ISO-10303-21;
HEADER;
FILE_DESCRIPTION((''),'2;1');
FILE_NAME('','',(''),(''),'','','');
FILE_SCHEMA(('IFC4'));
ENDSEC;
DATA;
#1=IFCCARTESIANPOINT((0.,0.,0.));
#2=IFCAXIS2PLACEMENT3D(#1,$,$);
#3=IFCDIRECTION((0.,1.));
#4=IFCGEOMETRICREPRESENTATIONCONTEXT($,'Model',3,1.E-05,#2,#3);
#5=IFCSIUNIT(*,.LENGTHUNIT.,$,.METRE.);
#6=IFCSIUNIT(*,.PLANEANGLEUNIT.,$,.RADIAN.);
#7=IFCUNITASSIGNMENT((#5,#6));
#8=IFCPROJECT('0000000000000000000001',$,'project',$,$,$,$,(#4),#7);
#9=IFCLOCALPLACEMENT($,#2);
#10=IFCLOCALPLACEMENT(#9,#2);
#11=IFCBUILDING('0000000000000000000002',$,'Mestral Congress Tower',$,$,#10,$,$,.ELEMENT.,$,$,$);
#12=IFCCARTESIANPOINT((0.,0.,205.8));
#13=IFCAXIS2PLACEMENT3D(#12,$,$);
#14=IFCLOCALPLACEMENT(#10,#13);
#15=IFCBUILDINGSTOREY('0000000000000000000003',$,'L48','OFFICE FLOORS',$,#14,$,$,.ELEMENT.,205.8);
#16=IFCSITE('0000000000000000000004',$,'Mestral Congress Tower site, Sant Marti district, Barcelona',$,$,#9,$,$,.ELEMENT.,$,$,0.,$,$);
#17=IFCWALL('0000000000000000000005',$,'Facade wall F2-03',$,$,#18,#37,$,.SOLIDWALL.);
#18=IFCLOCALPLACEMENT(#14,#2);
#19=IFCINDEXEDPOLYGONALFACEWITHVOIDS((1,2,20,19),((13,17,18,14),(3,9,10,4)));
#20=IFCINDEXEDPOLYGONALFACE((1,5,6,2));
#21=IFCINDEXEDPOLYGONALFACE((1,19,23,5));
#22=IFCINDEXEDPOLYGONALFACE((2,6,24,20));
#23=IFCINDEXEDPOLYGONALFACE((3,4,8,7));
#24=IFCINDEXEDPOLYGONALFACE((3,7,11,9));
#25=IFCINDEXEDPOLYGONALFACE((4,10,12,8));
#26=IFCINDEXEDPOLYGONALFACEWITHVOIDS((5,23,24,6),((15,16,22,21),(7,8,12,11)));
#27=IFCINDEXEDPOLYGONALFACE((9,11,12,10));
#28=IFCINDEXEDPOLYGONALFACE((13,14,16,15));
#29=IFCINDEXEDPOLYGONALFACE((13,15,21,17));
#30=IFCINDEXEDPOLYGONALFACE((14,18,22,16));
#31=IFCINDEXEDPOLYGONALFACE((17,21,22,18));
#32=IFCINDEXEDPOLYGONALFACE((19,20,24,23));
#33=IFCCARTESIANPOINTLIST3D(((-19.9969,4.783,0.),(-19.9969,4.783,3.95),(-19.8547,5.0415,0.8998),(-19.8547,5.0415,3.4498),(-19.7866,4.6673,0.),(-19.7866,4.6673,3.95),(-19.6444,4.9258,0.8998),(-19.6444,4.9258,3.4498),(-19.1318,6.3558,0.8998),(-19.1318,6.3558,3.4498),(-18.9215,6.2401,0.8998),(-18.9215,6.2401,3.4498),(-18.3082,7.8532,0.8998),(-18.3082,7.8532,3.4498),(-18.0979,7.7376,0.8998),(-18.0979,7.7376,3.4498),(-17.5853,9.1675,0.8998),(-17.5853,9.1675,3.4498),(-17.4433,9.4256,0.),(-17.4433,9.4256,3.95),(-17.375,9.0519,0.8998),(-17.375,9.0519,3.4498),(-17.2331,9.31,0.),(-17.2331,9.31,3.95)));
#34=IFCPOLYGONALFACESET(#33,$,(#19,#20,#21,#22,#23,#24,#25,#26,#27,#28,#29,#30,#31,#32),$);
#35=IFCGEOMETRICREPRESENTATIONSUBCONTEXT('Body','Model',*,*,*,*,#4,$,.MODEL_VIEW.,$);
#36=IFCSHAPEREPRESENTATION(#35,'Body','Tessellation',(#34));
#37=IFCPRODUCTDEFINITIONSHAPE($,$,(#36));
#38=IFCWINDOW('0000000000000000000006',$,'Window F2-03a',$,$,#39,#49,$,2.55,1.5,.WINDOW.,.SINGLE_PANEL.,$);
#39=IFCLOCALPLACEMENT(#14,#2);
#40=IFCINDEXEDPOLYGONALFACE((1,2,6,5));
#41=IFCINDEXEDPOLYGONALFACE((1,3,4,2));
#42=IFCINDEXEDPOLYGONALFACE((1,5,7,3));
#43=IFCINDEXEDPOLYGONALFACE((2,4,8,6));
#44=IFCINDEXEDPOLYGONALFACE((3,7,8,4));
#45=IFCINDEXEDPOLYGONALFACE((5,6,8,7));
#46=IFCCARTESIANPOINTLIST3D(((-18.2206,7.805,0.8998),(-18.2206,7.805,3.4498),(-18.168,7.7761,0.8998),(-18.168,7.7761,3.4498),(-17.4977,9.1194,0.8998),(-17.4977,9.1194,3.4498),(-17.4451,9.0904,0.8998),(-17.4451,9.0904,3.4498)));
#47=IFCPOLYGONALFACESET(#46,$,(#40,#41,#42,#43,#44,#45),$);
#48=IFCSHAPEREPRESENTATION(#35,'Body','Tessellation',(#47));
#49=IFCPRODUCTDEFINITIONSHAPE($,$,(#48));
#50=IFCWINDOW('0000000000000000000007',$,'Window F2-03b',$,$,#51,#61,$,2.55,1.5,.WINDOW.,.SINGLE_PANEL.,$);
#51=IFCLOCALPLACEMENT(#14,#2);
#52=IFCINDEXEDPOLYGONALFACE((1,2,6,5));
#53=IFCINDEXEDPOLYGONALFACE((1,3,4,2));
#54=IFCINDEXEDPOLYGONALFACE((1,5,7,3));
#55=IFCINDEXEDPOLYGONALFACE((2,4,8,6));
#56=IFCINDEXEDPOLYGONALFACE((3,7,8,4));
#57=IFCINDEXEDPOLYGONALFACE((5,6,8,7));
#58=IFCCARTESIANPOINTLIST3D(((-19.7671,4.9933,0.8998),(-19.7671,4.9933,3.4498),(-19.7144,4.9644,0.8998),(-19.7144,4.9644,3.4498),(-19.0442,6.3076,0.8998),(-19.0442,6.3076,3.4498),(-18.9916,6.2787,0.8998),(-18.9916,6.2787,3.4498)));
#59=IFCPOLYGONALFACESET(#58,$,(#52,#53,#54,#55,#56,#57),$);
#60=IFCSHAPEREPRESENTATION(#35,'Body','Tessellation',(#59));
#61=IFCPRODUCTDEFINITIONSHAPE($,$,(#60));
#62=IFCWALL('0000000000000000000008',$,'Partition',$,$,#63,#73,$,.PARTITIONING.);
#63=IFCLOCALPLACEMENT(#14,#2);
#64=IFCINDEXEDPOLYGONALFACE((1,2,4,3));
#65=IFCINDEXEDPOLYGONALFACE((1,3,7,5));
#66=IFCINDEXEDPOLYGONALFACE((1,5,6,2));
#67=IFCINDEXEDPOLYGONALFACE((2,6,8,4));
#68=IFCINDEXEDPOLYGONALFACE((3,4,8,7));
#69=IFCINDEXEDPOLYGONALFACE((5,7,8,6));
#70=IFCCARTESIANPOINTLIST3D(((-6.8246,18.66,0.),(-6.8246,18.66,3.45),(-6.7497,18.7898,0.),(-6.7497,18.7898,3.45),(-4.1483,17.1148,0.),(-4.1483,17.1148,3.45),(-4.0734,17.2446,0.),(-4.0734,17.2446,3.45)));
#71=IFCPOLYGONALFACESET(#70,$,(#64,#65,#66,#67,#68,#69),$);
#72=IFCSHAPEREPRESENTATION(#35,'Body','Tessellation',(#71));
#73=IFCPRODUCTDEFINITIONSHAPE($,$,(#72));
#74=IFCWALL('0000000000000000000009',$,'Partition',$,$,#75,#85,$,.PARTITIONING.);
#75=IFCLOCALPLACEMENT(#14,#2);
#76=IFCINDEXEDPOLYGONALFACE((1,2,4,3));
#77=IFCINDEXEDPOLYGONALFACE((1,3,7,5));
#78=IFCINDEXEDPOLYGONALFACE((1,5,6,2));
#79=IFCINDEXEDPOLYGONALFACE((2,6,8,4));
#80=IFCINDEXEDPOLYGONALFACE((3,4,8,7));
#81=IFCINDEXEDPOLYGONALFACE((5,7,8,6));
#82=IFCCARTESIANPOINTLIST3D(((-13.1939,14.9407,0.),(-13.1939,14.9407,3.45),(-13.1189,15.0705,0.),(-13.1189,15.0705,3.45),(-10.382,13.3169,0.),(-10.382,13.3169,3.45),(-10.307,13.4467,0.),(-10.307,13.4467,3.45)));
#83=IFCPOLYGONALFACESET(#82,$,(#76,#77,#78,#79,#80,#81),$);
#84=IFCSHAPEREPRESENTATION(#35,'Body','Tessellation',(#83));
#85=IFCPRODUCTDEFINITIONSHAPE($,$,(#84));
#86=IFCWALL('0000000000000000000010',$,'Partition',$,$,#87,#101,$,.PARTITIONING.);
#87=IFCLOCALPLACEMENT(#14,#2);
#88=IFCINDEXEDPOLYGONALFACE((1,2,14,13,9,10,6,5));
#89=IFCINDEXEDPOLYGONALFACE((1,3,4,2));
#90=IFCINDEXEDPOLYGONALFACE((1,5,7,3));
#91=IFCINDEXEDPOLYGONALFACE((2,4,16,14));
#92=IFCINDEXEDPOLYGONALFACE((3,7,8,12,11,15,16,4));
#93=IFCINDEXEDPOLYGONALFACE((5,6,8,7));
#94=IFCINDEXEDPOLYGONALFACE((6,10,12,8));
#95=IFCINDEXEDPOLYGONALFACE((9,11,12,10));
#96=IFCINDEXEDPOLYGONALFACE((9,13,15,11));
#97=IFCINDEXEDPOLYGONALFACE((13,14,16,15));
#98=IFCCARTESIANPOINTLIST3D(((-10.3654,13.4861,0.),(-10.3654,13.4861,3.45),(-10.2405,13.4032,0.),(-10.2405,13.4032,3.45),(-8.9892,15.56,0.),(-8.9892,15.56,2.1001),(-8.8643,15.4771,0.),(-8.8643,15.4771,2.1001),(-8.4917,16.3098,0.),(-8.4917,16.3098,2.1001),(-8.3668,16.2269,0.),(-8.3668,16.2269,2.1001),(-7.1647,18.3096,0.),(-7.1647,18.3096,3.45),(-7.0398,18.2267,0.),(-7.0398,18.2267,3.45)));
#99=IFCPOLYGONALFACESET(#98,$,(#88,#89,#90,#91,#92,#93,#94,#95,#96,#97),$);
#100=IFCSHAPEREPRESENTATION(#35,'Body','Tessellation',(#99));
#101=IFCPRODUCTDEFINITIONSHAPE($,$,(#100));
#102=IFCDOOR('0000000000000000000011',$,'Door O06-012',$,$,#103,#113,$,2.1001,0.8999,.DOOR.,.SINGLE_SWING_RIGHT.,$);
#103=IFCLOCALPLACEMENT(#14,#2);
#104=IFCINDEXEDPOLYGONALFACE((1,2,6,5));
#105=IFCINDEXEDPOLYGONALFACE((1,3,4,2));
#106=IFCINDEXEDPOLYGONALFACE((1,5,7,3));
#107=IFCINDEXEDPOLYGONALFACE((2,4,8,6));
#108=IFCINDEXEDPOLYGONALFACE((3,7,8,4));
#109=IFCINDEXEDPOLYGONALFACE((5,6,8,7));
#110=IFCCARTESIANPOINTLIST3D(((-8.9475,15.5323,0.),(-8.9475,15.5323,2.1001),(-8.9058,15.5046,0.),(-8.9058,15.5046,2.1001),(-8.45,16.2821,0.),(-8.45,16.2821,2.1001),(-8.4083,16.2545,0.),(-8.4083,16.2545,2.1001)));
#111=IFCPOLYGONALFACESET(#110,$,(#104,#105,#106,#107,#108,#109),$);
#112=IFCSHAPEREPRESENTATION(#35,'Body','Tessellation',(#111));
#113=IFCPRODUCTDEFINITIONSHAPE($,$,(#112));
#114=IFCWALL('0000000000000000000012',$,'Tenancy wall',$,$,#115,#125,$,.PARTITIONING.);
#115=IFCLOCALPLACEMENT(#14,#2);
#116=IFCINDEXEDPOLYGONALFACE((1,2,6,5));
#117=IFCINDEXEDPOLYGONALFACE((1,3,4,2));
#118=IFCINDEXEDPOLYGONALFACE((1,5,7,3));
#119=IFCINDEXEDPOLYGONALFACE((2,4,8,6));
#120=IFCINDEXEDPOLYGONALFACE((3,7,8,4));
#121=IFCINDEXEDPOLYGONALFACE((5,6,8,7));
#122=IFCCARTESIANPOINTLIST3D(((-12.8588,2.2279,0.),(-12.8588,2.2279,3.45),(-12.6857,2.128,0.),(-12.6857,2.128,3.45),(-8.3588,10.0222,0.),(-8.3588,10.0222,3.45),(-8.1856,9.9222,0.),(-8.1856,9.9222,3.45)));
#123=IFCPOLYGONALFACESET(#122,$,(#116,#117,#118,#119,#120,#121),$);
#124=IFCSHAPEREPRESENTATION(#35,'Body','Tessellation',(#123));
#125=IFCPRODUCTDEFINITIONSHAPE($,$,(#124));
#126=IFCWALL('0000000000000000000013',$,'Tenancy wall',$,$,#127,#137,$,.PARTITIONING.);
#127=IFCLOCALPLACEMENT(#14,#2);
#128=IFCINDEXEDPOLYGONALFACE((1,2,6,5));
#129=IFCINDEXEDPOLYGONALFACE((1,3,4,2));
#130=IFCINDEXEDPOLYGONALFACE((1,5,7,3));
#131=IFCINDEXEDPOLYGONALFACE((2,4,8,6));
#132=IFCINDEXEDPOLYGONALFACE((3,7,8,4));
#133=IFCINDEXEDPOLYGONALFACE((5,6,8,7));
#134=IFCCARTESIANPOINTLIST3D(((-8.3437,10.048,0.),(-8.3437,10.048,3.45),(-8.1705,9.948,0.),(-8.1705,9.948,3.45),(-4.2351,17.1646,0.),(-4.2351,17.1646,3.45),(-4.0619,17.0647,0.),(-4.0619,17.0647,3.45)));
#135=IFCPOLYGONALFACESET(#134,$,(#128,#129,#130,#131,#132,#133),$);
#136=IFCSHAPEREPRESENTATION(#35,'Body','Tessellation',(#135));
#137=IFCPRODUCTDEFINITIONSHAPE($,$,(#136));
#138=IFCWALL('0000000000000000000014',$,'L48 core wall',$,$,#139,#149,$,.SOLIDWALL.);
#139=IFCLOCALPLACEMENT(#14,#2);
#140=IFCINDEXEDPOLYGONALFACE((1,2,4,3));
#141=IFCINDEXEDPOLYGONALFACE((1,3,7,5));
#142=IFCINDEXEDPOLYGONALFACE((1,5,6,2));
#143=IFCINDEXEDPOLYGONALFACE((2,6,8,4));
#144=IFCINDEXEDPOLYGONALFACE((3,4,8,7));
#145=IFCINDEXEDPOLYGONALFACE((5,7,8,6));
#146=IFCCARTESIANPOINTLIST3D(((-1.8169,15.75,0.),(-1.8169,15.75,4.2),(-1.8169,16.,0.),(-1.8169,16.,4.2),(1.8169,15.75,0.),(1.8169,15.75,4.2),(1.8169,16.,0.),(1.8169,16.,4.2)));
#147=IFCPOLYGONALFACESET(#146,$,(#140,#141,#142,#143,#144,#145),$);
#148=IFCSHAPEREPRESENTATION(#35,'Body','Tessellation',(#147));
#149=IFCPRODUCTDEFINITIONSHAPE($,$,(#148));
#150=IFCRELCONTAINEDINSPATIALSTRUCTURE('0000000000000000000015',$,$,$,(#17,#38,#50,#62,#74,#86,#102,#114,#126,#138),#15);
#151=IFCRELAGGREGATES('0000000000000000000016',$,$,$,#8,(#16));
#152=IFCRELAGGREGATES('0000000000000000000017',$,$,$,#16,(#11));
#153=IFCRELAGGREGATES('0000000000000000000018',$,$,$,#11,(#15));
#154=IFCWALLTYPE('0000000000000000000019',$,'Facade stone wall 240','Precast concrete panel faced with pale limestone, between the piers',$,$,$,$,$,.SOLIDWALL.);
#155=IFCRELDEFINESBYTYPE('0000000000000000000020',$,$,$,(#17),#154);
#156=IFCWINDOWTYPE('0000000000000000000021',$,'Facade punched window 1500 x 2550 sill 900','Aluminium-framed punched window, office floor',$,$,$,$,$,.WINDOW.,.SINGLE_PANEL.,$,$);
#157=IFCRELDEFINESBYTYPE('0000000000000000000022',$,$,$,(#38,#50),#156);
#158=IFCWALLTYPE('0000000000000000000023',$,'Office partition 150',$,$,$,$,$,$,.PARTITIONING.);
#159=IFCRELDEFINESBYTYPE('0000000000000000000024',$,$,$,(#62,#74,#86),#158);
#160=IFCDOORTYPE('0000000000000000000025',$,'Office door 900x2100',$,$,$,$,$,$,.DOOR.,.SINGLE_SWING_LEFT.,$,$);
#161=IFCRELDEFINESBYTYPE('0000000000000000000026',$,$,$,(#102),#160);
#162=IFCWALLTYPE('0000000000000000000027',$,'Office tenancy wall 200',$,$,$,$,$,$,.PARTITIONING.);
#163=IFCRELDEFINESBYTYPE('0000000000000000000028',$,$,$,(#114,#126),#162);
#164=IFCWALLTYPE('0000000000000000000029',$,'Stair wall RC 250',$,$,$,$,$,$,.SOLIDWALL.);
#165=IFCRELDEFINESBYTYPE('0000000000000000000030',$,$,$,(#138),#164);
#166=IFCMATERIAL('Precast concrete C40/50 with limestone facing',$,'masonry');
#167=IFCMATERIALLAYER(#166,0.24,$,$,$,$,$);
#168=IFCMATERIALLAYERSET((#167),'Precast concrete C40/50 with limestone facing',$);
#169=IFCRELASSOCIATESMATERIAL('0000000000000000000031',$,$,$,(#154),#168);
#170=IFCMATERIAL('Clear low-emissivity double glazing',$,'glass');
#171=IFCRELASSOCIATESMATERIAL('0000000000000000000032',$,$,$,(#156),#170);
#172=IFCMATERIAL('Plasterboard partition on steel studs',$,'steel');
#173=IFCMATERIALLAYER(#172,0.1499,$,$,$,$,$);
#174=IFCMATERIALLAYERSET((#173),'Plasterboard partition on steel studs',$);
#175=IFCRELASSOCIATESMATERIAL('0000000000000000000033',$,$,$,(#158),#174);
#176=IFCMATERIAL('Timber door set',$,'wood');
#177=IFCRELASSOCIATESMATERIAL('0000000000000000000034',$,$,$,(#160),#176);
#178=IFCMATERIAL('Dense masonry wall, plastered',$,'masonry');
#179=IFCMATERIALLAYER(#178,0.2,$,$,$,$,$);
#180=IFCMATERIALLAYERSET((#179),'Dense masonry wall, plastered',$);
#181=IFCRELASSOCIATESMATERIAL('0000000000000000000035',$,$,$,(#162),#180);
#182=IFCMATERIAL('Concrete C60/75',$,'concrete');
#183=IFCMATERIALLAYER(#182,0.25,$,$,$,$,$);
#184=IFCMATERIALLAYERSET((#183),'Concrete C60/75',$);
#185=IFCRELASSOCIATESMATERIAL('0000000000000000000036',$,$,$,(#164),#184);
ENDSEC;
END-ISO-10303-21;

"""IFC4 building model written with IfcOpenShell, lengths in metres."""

from ifc_helpers import new_model, si_unit, direction, frame, frame_2d, origin, place, context, subcontext, project, spatial, rectangle, extrude, material, layer, layer_set, type_object, element, fill, save


model = new_model("IFC4")

# Units and contexts
model_context = context("Model", 3, precision=1e-05, world=origin(), true_north=direction((0.0, 1.0)))
body_context = subcontext(model_context, "Body", "Model", "MODEL_VIEW")
ifc_project = project(units=[si_unit("LENGTHUNIT", "METRE"), si_unit("PLANEANGLEUNIT", "RADIAN")], contexts=[model_context])

# Site, building, storey
site_placement = place(None, origin())
site = spatial("IfcSite", under=ifc_project, at=site_placement, Name="Mestral Congress Tower site, Sant Marti district, Barcelona", CompositionType="ELEMENT", RefElevation=0.0)
building_placement = place(site_placement, origin())
building = spatial("IfcBuilding", under=site, at=building_placement, Name="Mestral Congress Tower", CompositionType="ELEMENT")
storey_placement = place(building_placement, frame((0.0, 0.0, 205.8)))
storey = spatial("IfcBuildingStorey", under=building, at=storey_placement, Name="L48", Description="OFFICE FLOORS", CompositionType="ELEMENT", Elevation=205.8)

# Shared definitions
ifc_material_1 = material(Name="Concrete C60/75", Category="concrete")

# Wall, openings, windows
ifc_material_2 = material(Name="Precast concrete C40/50 with limestone facing", Category="masonry")
ifc_layer_1 = layer(ifc_material_2, 0.24)
ifc_layer_set_1 = layer_set([ifc_layer_1], Name="Precast concrete C40/50 with limestone facing")
wall_type_1 = type_object("IfcWallType", Name="Facade stone wall 240", Description="Precast concrete panel faced with pale limestone, between the piers", PredefinedType="SOLIDWALL", material=ifc_layer_set_1)
ifc_material_3 = material(Name="Clear low-emissivity double glazing", Category="glass")
window_type = type_object("IfcWindowType", Name="Facade punched window 1500 x 2550 sill 900", Description="Aluminium-framed punched window, office floor", PartitioningType="SINGLE_PANEL", PredefinedType="WINDOW", material=ifc_material_3)
wall_1_placement = place(storey_placement, frame((-17.3381, 9.3679, 0.0), z_axis=(0.0, 0.0, 1.0), x_axis=(-0.481926, -0.876212, 0.0)))
wall_1 = element("IfcWall", 1, at=wall_1_placement, inside=storey, type_object=wall_type_1, Name="Facade wall F2-03", PredefinedType="SOLIDWALL", context=body_context, shape_type="SweptSolid", body=[
    extrude(rectangle(XDim=5.2986, YDim=0.24, at=frame_2d((2.6494, 0.0))), origin(), (0.0, 0.0, 1.0), 3.95),
])
opening_1_placement = place(wall_1_placement, frame((0.2947, 0.0, 0.8999)))
opening_1 = element("IfcOpeningElement", 2, at=opening_1_placement, cuts=wall_1, PredefinedType="OPENING", context=body_context, shape_type="SweptSolid", body=[
    extrude(rectangle(XDim=1.5, YDim=2.55, at=frame_2d((0.75, 1.2749))), frame((0.0, 0.1299, 0.0), z_axis=(0.0, -1.0, 0.0), x_axis=(1.0, 0.0, 0.0)), (0.0, 0.0, 1.0), 0.26),
])
opening_2_placement = place(wall_1_placement, frame((3.5037, 0.0, 0.8999)))
opening_2 = element("IfcOpeningElement", 3, at=opening_2_placement, cuts=wall_1, PredefinedType="OPENING", context=body_context, shape_type="SweptSolid", body=[
    extrude(rectangle(XDim=1.5, YDim=2.55, at=frame_2d((0.75, 1.2749))), frame((0.0, 0.1299, 0.0), z_axis=(0.0, -1.0, 0.0), x_axis=(1.0, 0.0, 0.0)), (0.0, 0.0, 1.0), 0.26),
])
window_1_placement = place(opening_1_placement, origin())
window_1 = element("IfcWindow", 4, at=window_1_placement, inside=storey, type_object=window_type, Name="Window F2-03a", OverallHeight=2.55, OverallWidth=1.5, PartitioningType="SINGLE_PANEL", PredefinedType="WINDOW", context=body_context, shape_type="SweptSolid", body=[
    extrude(rectangle(XDim=1.5, YDim=2.55, at=frame_2d((0.75, 1.2749))), frame((0.0, 0.04, 0.0), z_axis=(0.0, -1.0, 0.0), x_axis=(1.0, 0.0, 0.0)), (0.0, 0.0, 1.0), 0.0601),
])
fill(opening_1, window_1)
window_2_placement = place(opening_2_placement, origin())
window_2 = element("IfcWindow", 5, at=window_2_placement, inside=storey, type_object=window_type, Name="Window F2-03b", OverallHeight=2.55, OverallWidth=1.5, PartitioningType="SINGLE_PANEL", PredefinedType="WINDOW", context=body_context, shape_type="SweptSolid", body=[
    extrude(rectangle(XDim=1.5, YDim=2.55, at=frame_2d((0.75, 1.2749))), frame((0.0, 0.04, 0.0), z_axis=(0.0, -1.0, 0.0), x_axis=(1.0, 0.0, 0.0)), (0.0, 0.0, 1.0), 0.0601),
])
fill(opening_2, window_2)

# Walls
ifc_material_4 = material(Name="Plasterboard partition on steel studs", Category="steel")
ifc_layer_2 = layer(ifc_material_4, 0.1499)
ifc_layer_set_2 = layer_set([ifc_layer_2], Name="Plasterboard partition on steel studs")
wall_type_2 = type_object("IfcWallType", Name="Office partition 150", PredefinedType="PARTITIONING", material=ifc_layer_set_2)
wall_2_placement = place(storey_placement, frame((-4.1108, 17.1797, 0.0), z_axis=(0.0, 0.0, 1.0), x_axis=(-0.866022, 0.500005, 0.0)))
element("IfcWall", 6, at=wall_2_placement, inside=storey, type_object=wall_type_2, Name="Partition", PredefinedType="PARTITIONING", context=body_context, shape_type="SweptSolid", body=[
    extrude(rectangle(XDim=3.0903, YDim=0.1499, at=frame_2d((1.5452, 0.0))), origin(), (0.0, 0.0, 1.0), 3.45),
])
wall_3_placement = place(storey_placement, frame((-10.3445, 13.3818, 0.0), z_axis=(0.0, 0.0, 1.0), x_axis=(-0.86599, 0.500061, 0.0)))
element("IfcWall", 7, at=wall_3_placement, inside=storey, type_object=wall_type_2, Name="Partition", PredefinedType="PARTITIONING", context=body_context, shape_type="SweptSolid", body=[
    extrude(rectangle(XDim=3.2471, YDim=0.1499, at=frame_2d((1.6235, 0.0))), origin(), (0.0, 0.0, 1.0), 3.45),
])

# Wall, opening, door
wall_4_placement = place(storey_placement, frame((-10.303, 13.4446, 0.0), z_axis=(0.0, 0.0, 1.0), x_axis=(0.552908, 0.833242, 0.0)))
wall_4 = element("IfcWall", 8, at=wall_4_placement, inside=storey, type_object=wall_type_2, Name="Partition", PredefinedType="PARTITIONING", context=body_context, shape_type="SweptSolid", body=[
    extrude(rectangle(XDim=5.7888, YDim=0.1499, at=frame_2d((2.8945, 0.0))), origin(), (0.0, 0.0, 1.0), 3.45),
])
opening_3_placement = place(wall_4_placement, frame((2.489, 0.0, 0.0)))
opening_3 = element("IfcOpeningElement", 9, at=opening_3_placement, cuts=wall_4, PredefinedType="OPENING", context=body_context, shape_type="SweptSolid", body=[
    extrude(rectangle(XDim=0.8999, YDim=2.1001, at=frame_2d((0.45, 1.05))), frame((0.0, 0.085, 0.0), z_axis=(0.0, -1.0, 0.0), x_axis=(1.0, 0.0, 0.0)), (0.0, 0.0, 1.0), 0.1699),
])
ifc_material_5 = material(Name="Timber door set", Category="wood")
door_type_1 = type_object("IfcDoorType", Name="Office door 900x2100", OperationType="SINGLE_SWING_LEFT", PredefinedType="DOOR", material=ifc_material_5)
door_1_placement = place(opening_3_placement, origin())
door_1 = element("IfcDoor", 10, at=door_1_placement, inside=storey, type_object=door_type_1, Name="Door O06-012", OperationType="SINGLE_SWING_RIGHT", OverallHeight=2.1001, OverallWidth=0.8999, PredefinedType="DOOR", context=body_context, shape_type="SweptSolid", body=[
    extrude(rectangle(XDim=0.8999, YDim=2.1001, at=frame_2d((0.45, 1.05))), frame((0.0, 0.0249, 0.0), z_axis=(0.0, -1.0, 0.0), x_axis=(1.0, 0.0, 0.0)), (0.0, 0.0, 1.0), 0.05),
])
fill(opening_3, door_1)

# Walls
ifc_material_6 = material(Name="Dense masonry wall, plastered", Category="masonry")
ifc_layer_3 = layer(ifc_material_6, 0.2)
ifc_layer_set_3 = layer_set([ifc_layer_3], Name="Dense masonry wall, plastered")
wall_type_3 = type_object("IfcWallType", Name="Office tenancy wall 200", PredefinedType="PARTITIONING", material=ifc_layer_set_3)
wall_5_placement = place(storey_placement, frame((-8.2722, 9.9722, 0.0), z_axis=(0.0, 0.0, 1.0), x_axis=(-0.500002, -0.866024, 0.0)))
element("IfcWall", 11, at=wall_5_placement, inside=storey, type_object=wall_type_3, Name="Tenancy wall", PredefinedType="PARTITIONING", context=body_context, shape_type="SweptSolid", body=[
    extrude(rectangle(XDim=9.0, YDim=0.2, at=frame_2d((4.5, 0.0))), origin(), (0.0, 0.0, 1.0), 3.45),
])
wall_6_placement = place(storey_placement, frame((-4.1484, 17.1147, 0.0), z_axis=(0.0, 0.0, 1.0), x_axis=(-0.499983, -0.866035, 0.0)))
element("IfcWall", 12, at=wall_6_placement, inside=storey, type_object=wall_type_3, Name="Tenancy wall", PredefinedType="PARTITIONING", context=body_context, shape_type="SweptSolid", body=[
    extrude(rectangle(XDim=8.2175, YDim=0.2, at=frame_2d((4.1089, 0.0))), origin(), (0.0, 0.0, 1.0), 3.45),
])
ifc_layer_4 = layer(ifc_material_1, 0.25)
ifc_layer_set_4 = layer_set([ifc_layer_4], Name="Concrete C60/75")
wall_type_4 = type_object("IfcWallType", Name="Stair wall RC 250", PredefinedType="SOLIDWALL", material=ifc_layer_set_4)
wall_7_placement = place(storey_placement, frame((-1.8169, 15.875, 0.0), z_axis=(0.0, 0.0, 1.0), x_axis=(1.0, 0.0, 0.0)))
element("IfcWall", 13, at=wall_7_placement, inside=storey, type_object=wall_type_4, Name="L48 core wall", PredefinedType="SOLIDWALL", context=body_context, shape_type="SweptSolid", body=[
    extrude(rectangle(XDim=3.6338, YDim=0.25, at=frame_2d((1.8169, 0.0))), origin(), (0.0, 0.0, 1.0), 4.2),
])

save(model, "model.ifc")
